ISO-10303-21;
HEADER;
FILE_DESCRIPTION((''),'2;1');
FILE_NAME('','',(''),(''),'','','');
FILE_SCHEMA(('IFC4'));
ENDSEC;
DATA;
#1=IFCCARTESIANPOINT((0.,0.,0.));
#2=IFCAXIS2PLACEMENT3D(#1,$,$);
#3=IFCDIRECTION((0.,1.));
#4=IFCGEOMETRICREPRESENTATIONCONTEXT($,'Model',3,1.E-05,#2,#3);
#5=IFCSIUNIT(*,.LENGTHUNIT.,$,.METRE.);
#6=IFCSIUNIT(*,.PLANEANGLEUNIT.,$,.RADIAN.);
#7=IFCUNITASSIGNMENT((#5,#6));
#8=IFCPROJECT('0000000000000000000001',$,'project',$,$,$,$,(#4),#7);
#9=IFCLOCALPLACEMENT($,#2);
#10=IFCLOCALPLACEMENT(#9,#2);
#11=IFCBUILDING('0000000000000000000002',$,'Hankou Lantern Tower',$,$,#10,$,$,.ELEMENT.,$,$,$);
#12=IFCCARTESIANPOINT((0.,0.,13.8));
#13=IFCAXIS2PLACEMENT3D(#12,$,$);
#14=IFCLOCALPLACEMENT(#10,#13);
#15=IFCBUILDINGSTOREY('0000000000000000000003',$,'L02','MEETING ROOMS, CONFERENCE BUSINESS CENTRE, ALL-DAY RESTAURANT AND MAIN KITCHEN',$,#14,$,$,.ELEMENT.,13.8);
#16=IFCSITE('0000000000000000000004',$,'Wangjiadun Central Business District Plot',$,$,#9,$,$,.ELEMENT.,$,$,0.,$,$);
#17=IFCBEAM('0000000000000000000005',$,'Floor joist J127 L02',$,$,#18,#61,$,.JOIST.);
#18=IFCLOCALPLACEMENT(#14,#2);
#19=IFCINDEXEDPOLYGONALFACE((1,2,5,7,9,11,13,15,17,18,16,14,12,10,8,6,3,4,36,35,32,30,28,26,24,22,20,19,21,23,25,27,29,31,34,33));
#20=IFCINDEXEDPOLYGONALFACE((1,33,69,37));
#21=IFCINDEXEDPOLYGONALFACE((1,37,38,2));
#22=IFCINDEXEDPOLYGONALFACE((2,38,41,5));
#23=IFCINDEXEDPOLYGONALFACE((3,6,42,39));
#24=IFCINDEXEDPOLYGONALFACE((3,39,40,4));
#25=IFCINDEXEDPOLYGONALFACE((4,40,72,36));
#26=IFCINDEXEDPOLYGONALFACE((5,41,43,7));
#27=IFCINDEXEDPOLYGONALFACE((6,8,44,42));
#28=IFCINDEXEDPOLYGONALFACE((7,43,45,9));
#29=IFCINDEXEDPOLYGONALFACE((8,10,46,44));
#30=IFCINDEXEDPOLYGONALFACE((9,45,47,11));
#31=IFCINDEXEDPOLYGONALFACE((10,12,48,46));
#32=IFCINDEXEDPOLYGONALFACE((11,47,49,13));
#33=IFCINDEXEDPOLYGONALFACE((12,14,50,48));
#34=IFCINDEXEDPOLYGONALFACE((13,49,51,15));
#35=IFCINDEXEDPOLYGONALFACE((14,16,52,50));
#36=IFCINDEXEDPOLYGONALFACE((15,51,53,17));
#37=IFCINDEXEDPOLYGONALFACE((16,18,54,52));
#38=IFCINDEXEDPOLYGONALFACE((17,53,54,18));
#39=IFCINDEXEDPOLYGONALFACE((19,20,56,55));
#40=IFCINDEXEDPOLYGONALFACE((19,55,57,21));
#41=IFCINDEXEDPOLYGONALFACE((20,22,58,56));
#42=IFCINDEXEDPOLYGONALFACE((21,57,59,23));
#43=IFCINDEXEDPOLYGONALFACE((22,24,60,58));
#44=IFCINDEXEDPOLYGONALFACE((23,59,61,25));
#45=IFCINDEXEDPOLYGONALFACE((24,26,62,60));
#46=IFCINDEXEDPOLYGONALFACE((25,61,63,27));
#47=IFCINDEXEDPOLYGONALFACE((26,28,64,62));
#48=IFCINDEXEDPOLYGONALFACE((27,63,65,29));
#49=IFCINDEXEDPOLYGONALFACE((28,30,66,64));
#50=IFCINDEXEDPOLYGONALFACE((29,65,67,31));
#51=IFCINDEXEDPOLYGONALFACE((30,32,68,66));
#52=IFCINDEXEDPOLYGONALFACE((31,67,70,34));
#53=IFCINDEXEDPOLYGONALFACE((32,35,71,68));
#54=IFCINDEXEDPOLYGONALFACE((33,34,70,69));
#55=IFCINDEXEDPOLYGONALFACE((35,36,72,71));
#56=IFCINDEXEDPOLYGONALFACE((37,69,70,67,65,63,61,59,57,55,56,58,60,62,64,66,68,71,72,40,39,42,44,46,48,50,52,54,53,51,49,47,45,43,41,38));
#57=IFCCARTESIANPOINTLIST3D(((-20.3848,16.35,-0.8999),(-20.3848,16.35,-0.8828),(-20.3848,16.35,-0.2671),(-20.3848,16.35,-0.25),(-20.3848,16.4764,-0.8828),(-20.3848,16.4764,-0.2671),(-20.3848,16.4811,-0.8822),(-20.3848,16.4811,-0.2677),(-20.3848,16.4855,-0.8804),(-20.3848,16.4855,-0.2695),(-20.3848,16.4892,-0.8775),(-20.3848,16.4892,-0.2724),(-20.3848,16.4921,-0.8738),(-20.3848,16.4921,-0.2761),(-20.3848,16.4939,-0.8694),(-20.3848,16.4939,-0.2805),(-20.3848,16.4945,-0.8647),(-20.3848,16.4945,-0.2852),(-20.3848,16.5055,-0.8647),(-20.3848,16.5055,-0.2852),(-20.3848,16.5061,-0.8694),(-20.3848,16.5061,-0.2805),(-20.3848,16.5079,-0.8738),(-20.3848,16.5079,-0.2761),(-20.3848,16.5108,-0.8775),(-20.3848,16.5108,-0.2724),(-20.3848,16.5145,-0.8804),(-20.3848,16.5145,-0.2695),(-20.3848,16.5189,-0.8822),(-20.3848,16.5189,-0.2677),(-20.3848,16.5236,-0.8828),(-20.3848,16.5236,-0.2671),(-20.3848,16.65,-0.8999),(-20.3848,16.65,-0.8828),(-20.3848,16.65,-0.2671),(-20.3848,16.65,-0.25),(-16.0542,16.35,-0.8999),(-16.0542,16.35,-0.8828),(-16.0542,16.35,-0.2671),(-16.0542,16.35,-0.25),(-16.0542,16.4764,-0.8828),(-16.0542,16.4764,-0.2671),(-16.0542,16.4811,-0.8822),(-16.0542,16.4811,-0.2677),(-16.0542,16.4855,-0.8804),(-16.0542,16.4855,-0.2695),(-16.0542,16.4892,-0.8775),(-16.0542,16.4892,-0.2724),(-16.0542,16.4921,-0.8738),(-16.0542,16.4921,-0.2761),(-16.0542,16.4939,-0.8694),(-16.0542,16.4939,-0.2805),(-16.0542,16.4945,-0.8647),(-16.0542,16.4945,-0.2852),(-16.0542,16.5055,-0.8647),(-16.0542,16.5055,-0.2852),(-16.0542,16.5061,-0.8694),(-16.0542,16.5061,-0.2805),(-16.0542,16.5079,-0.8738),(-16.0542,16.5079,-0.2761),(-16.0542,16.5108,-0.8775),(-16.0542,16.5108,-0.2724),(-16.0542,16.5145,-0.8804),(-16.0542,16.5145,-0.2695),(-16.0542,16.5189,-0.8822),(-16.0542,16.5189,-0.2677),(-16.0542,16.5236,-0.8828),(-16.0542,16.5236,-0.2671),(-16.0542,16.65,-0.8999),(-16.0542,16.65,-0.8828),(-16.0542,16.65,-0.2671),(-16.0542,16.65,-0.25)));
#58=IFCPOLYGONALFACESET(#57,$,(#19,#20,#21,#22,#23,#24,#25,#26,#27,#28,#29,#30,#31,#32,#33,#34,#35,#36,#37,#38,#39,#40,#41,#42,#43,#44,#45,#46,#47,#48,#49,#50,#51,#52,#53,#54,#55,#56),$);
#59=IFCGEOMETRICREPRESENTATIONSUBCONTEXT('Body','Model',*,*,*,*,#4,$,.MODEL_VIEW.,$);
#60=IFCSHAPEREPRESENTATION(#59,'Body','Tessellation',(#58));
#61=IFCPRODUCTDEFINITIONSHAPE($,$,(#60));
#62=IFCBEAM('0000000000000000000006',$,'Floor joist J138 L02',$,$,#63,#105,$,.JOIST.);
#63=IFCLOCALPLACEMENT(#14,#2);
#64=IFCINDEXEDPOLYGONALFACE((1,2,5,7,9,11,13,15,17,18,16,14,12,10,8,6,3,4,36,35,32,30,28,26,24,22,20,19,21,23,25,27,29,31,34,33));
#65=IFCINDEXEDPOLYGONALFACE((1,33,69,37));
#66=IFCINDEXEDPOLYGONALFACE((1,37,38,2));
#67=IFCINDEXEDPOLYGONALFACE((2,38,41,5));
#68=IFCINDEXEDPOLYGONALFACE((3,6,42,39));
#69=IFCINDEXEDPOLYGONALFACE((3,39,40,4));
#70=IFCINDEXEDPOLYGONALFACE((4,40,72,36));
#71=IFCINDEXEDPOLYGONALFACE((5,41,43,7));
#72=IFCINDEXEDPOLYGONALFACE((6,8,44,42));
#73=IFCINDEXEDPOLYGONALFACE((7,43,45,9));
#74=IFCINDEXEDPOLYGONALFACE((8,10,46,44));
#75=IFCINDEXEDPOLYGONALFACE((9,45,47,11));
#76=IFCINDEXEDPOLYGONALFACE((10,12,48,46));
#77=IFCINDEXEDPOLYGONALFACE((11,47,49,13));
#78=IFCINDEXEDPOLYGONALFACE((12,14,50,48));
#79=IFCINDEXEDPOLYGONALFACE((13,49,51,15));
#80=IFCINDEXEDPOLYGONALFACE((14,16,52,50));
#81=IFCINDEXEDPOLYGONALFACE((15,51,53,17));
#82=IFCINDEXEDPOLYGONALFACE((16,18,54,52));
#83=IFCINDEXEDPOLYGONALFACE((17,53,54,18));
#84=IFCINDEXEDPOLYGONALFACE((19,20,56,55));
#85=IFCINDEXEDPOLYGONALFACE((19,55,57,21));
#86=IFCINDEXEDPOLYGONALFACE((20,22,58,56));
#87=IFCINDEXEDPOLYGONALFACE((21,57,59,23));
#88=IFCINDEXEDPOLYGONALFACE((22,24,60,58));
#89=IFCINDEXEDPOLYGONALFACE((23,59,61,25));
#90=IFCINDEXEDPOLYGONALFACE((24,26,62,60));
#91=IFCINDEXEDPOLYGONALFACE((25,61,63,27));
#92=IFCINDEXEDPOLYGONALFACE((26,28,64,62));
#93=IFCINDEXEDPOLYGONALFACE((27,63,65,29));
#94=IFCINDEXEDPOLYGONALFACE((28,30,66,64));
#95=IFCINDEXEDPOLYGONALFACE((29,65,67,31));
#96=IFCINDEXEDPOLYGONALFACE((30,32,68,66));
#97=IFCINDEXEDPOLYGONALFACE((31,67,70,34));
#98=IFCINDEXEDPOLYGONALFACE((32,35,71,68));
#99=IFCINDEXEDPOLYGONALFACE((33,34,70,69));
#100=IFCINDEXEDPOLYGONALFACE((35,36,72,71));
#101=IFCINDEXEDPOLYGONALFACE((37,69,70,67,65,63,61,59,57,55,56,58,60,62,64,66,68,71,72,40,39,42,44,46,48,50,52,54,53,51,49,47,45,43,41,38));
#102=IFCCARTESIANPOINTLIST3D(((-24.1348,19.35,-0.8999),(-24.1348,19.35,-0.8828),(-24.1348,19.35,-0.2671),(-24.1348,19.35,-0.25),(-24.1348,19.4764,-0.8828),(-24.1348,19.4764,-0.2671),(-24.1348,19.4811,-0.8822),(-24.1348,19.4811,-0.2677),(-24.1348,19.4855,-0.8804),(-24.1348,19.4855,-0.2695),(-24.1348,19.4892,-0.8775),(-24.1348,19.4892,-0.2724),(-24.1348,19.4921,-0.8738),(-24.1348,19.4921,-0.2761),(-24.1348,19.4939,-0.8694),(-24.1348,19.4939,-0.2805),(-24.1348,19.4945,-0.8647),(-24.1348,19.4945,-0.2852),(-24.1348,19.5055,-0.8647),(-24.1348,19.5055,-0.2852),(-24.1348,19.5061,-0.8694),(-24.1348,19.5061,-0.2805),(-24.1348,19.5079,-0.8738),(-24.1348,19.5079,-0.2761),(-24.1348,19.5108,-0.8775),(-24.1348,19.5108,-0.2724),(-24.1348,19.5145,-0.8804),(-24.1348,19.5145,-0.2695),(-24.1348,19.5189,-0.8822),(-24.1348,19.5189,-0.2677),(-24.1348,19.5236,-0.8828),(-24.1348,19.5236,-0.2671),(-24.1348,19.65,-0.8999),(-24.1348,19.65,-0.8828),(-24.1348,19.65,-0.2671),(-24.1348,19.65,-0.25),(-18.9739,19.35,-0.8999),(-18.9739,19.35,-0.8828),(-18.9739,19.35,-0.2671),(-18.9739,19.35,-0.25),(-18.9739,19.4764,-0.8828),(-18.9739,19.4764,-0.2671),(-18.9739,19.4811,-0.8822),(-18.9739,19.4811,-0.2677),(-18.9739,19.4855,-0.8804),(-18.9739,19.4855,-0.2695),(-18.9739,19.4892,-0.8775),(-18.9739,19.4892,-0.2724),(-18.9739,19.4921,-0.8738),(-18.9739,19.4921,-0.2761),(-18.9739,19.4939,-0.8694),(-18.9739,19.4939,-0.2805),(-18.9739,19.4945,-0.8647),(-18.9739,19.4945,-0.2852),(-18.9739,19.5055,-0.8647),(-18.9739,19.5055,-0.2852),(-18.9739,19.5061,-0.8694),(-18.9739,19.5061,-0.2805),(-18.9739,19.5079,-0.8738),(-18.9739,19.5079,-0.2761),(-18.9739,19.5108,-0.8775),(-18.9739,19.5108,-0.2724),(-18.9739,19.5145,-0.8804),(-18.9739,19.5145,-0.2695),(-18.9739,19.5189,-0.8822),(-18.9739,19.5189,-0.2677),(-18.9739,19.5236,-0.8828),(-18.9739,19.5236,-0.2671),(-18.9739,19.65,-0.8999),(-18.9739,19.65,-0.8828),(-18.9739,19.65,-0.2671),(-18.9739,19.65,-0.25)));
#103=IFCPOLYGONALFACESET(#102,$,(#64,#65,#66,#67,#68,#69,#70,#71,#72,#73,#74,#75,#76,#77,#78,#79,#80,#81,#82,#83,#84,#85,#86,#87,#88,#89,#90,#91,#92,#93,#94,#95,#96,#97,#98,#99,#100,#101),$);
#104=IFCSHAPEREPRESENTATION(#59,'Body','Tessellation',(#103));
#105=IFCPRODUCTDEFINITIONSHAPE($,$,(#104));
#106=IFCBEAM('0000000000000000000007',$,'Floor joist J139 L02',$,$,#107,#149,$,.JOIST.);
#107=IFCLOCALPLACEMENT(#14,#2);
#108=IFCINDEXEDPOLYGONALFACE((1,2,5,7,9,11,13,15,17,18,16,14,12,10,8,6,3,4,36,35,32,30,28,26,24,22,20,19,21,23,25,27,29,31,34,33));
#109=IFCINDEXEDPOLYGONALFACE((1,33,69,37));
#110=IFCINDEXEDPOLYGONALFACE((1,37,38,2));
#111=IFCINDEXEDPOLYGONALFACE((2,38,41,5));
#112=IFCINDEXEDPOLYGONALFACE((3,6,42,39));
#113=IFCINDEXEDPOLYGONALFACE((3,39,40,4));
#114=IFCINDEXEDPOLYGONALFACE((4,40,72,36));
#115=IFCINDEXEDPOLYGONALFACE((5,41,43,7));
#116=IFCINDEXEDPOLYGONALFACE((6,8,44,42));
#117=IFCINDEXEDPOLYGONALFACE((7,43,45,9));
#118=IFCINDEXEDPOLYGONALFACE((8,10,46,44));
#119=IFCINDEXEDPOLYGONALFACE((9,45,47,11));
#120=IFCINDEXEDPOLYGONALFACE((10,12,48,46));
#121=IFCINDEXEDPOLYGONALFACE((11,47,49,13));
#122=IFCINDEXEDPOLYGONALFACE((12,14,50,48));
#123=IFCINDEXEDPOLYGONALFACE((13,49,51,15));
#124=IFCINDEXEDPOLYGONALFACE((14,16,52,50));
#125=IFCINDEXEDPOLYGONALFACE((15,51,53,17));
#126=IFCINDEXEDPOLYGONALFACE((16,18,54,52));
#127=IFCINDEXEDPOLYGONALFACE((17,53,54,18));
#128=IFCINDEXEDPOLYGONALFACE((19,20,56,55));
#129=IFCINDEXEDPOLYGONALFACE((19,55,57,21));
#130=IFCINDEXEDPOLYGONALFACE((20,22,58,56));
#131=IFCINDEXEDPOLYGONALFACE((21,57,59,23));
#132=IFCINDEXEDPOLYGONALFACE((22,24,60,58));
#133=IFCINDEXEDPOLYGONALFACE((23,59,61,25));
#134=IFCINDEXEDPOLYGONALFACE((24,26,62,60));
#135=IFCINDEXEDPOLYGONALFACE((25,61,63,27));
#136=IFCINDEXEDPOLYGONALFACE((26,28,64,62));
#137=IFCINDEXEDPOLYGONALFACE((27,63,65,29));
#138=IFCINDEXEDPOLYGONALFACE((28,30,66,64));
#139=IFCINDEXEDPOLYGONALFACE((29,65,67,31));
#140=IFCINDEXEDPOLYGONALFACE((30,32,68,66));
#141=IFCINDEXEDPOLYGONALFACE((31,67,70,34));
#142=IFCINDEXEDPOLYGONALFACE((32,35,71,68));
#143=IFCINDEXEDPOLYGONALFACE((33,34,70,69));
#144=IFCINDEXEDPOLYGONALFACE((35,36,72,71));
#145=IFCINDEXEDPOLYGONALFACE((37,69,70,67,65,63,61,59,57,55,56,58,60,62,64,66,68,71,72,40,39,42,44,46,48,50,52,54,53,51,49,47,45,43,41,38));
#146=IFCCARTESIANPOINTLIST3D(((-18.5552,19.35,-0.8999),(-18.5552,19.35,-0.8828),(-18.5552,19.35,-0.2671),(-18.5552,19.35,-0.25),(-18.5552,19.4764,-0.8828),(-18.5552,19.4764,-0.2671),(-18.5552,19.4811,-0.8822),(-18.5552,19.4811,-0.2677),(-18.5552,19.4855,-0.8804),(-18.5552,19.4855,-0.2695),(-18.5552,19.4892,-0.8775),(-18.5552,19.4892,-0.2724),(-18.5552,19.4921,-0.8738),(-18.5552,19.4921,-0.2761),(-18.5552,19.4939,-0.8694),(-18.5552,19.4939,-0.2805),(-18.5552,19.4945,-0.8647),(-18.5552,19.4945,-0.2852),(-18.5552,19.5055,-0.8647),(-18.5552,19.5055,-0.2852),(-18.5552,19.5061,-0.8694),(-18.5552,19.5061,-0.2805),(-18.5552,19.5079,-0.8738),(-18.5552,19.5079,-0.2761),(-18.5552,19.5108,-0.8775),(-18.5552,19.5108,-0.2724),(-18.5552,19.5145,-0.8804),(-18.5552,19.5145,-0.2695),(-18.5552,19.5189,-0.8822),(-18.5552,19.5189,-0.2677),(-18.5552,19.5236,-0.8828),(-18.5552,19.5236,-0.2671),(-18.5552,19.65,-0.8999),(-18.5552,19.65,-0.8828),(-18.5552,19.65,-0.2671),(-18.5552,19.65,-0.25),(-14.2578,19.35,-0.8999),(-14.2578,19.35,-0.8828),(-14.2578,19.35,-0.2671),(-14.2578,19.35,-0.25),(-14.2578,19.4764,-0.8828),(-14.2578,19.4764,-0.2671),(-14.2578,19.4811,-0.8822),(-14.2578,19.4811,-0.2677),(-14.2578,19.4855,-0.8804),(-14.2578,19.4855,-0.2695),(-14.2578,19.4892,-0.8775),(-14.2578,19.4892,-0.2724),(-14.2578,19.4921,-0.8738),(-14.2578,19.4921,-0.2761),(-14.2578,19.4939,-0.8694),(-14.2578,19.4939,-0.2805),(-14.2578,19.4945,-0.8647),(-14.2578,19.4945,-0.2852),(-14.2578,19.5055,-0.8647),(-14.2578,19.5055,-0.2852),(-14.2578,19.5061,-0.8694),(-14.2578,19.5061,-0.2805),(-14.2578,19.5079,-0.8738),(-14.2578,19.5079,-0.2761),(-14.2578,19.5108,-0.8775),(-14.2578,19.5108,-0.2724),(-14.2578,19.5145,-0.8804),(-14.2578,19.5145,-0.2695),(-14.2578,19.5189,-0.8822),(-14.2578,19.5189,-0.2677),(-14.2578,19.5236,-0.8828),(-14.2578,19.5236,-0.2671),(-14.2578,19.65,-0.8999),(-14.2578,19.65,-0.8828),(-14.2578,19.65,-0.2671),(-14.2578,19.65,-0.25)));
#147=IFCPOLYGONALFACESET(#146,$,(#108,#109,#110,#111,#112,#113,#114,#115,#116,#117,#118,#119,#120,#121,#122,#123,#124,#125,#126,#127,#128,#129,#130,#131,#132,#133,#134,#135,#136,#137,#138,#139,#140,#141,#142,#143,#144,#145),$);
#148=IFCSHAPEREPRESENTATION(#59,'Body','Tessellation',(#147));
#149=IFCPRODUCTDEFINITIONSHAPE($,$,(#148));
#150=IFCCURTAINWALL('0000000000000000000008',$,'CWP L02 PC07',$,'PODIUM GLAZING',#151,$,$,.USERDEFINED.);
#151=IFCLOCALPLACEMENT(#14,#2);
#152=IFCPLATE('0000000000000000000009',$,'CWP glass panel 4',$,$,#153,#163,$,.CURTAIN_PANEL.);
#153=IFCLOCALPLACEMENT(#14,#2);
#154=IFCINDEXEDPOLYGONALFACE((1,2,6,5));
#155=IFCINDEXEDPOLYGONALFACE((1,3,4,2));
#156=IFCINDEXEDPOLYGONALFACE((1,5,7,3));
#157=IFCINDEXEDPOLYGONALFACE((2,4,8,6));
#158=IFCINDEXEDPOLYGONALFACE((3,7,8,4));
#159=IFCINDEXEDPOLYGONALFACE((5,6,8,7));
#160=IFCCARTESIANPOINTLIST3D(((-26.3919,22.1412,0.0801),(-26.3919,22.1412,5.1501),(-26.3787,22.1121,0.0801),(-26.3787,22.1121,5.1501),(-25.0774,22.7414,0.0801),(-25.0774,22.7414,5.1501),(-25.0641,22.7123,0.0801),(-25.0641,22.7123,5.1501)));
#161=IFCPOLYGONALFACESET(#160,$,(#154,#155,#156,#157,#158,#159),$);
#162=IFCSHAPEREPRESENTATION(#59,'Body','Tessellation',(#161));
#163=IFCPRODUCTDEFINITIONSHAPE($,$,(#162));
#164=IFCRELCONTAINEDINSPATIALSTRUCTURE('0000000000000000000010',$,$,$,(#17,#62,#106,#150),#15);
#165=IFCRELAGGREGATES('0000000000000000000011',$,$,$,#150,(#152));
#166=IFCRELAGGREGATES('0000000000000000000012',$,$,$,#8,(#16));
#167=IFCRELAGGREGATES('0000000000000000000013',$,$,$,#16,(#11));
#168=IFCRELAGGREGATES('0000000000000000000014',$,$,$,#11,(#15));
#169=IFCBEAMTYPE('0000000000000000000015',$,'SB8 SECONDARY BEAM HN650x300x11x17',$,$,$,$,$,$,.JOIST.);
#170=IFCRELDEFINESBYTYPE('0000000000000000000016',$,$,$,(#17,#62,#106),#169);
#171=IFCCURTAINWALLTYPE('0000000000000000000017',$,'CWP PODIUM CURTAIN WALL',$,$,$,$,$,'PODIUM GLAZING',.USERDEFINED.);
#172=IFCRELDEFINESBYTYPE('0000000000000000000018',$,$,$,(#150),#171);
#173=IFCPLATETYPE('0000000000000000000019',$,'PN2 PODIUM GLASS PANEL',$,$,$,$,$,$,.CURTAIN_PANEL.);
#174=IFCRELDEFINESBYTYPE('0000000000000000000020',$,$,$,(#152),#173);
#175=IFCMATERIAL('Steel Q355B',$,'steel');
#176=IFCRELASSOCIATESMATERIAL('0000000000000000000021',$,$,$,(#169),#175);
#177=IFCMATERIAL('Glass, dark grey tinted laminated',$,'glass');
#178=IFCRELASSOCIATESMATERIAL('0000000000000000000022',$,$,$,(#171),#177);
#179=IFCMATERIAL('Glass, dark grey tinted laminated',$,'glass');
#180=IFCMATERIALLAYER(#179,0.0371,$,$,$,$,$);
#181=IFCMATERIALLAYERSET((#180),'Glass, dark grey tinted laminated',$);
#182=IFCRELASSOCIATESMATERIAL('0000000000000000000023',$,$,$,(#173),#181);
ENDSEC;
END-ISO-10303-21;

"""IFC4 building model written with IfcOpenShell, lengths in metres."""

from ifc_helpers import new_model, si_unit, direction, frame, origin, origin_2d, place, context, subcontext, project, spatial, rectangle, i_section, extrude, material, layer, layer_set, material_profile, profile_set, type_object, element, aggregate, save


model = new_model("IFC4")

# Units and contexts
model_context = context("Model", 3, precision=1e-05, world=origin(), true_north=direction((0.0, 1.0)))
body_context = subcontext(model_context, "Body", "Model", "MODEL_VIEW")
ifc_project = project(units=[si_unit("LENGTHUNIT", "METRE"), si_unit("PLANEANGLEUNIT", "RADIAN")], contexts=[model_context])

# Site, building, storey
site_placement = place(None, origin())
site = spatial("IfcSite", under=ifc_project, at=site_placement, Name="Wangjiadun Central Business District Plot", CompositionType="ELEMENT", RefElevation=0.0)
building_placement = place(site_placement, origin())
building = spatial("IfcBuilding", under=site, at=building_placement, Name="Hankou Lantern Tower", CompositionType="ELEMENT")
storey_placement = place(building_placement, frame((0.0, 0.0, 13.8)))
storey = spatial("IfcBuildingStorey", under=building, at=storey_placement, Name="L02", Description="MEETING ROOMS, CONFERENCE BUSINESS CENTRE, ALL-DAY RESTAURANT AND MAIN KITCHEN", CompositionType="ELEMENT", Elevation=13.8)

# Beams
ifc_material_1 = material(Name="Steel Q355B", Category="steel")
ifc_material_profile_1 = material_profile(ifc_material_1, i_section(OverallWidth=0.3, OverallDepth=0.6499, WebThickness=0.011, FlangeThickness=0.0171, FilletRadius=0.0181, at=origin_2d()), Name="HN650x300x11x17")
ifc_profile_set_1 = profile_set([ifc_material_profile_1], Name="Steel Q355B")
beam_type_1 = type_object("IfcBeamType", Name="SB8 SECONDARY BEAM HN650x300x11x17", PredefinedType="JOIST", material=ifc_profile_set_1)
beam_1_placement = place(storey_placement, frame((-20.3848, 16.5, -0.575), z_axis=(1.0, 0.0, 0.0), x_axis=(0.0, 1.0, 0.0)))
element("IfcBeam", 1, at=beam_1_placement, inside=storey, type_object=beam_type_1, Name="Floor joist J127 L02", PredefinedType="JOIST", context=body_context, shape_type="SweptSolid", body=[
    extrude(i_section(OverallWidth=0.3, OverallDepth=0.6499, WebThickness=0.011, FlangeThickness=0.0171, FilletRadius=0.0181, at=origin_2d()), origin(), (0.0, 0.0, 1.0), 4.3306),
])
beam_2_placement = place(storey_placement, frame((-24.1348, 19.5, -0.575), z_axis=(1.0, 0.0, 0.0), x_axis=(0.0, 1.0, 0.0)))
element("IfcBeam", 2, at=beam_2_placement, inside=storey, type_object=beam_type_1, Name="Floor joist J138 L02", PredefinedType="JOIST", context=body_context, shape_type="SweptSolid", body=[
    extrude(i_section(OverallWidth=0.3, OverallDepth=0.6499, WebThickness=0.011, FlangeThickness=0.0171, FilletRadius=0.0181, at=origin_2d()), origin(), (0.0, 0.0, 1.0), 5.1609),
])
beam_3_placement = place(storey_placement, frame((-18.5552, 19.5, -0.575), z_axis=(1.0, 0.0, 0.0), x_axis=(0.0, 1.0, 0.0)))
element("IfcBeam", 3, at=beam_3_placement, inside=storey, type_object=beam_type_1, Name="Floor joist J139 L02", PredefinedType="JOIST", context=body_context, shape_type="SweptSolid", body=[
    extrude(i_section(OverallWidth=0.3, OverallDepth=0.6499, WebThickness=0.011, FlangeThickness=0.0171, FilletRadius=0.0181, at=origin_2d()), origin(), (0.0, 0.0, 1.0), 4.2974),
])

# Curtain wall, plate
ifc_material_2 = material(Name="Glass, dark grey tinted laminated", Category="glass")
curtain_wall_type = type_object("IfcCurtainWallType", Name="CWP PODIUM CURTAIN WALL", ElementType="PODIUM GLAZING", PredefinedType="USERDEFINED", material=ifc_material_2)
curtain_wall_placement = place(storey_placement, origin())
curtain_wall = element("IfcCurtainWall", 4, at=curtain_wall_placement, inside=storey, type_object=curtain_wall_type, Name="CWP L02 PC07", ObjectType="PODIUM GLAZING", PredefinedType="USERDEFINED")
ifc_material_3 = material(Name="Glass, dark grey tinted laminated", Category="glass")
ifc_layer_1 = layer(ifc_material_3, 0.0371)
ifc_layer_set_1 = layer_set([ifc_layer_1], Name="Glass, dark grey tinted laminated")
plate_type = type_object("IfcPlateType", Name="PN2 PODIUM GLASS PANEL", PredefinedType="CURTAIN_PANEL", material=ifc_layer_set_1)
plate_placement = place(storey_placement, frame((-25.728, 22.4268, 0.0801), z_axis=(0.0, 0.0, 1.0), x_axis=(-0.90967, -0.415332, 0.0)))
plate = element("IfcPlate", 5, at=plate_placement, type_object=plate_type, Name="CWP glass panel 4", PredefinedType="CURTAIN_PANEL", context=body_context, shape_type="SweptSolid", body=[
    extrude(rectangle(XDim=1.4451, YDim=0.032, at=origin_2d()), origin(), (0.0, 0.0, 1.0), 5.0701),
])
aggregate(curtain_wall, [plate])

save(model, "model.ifc")
